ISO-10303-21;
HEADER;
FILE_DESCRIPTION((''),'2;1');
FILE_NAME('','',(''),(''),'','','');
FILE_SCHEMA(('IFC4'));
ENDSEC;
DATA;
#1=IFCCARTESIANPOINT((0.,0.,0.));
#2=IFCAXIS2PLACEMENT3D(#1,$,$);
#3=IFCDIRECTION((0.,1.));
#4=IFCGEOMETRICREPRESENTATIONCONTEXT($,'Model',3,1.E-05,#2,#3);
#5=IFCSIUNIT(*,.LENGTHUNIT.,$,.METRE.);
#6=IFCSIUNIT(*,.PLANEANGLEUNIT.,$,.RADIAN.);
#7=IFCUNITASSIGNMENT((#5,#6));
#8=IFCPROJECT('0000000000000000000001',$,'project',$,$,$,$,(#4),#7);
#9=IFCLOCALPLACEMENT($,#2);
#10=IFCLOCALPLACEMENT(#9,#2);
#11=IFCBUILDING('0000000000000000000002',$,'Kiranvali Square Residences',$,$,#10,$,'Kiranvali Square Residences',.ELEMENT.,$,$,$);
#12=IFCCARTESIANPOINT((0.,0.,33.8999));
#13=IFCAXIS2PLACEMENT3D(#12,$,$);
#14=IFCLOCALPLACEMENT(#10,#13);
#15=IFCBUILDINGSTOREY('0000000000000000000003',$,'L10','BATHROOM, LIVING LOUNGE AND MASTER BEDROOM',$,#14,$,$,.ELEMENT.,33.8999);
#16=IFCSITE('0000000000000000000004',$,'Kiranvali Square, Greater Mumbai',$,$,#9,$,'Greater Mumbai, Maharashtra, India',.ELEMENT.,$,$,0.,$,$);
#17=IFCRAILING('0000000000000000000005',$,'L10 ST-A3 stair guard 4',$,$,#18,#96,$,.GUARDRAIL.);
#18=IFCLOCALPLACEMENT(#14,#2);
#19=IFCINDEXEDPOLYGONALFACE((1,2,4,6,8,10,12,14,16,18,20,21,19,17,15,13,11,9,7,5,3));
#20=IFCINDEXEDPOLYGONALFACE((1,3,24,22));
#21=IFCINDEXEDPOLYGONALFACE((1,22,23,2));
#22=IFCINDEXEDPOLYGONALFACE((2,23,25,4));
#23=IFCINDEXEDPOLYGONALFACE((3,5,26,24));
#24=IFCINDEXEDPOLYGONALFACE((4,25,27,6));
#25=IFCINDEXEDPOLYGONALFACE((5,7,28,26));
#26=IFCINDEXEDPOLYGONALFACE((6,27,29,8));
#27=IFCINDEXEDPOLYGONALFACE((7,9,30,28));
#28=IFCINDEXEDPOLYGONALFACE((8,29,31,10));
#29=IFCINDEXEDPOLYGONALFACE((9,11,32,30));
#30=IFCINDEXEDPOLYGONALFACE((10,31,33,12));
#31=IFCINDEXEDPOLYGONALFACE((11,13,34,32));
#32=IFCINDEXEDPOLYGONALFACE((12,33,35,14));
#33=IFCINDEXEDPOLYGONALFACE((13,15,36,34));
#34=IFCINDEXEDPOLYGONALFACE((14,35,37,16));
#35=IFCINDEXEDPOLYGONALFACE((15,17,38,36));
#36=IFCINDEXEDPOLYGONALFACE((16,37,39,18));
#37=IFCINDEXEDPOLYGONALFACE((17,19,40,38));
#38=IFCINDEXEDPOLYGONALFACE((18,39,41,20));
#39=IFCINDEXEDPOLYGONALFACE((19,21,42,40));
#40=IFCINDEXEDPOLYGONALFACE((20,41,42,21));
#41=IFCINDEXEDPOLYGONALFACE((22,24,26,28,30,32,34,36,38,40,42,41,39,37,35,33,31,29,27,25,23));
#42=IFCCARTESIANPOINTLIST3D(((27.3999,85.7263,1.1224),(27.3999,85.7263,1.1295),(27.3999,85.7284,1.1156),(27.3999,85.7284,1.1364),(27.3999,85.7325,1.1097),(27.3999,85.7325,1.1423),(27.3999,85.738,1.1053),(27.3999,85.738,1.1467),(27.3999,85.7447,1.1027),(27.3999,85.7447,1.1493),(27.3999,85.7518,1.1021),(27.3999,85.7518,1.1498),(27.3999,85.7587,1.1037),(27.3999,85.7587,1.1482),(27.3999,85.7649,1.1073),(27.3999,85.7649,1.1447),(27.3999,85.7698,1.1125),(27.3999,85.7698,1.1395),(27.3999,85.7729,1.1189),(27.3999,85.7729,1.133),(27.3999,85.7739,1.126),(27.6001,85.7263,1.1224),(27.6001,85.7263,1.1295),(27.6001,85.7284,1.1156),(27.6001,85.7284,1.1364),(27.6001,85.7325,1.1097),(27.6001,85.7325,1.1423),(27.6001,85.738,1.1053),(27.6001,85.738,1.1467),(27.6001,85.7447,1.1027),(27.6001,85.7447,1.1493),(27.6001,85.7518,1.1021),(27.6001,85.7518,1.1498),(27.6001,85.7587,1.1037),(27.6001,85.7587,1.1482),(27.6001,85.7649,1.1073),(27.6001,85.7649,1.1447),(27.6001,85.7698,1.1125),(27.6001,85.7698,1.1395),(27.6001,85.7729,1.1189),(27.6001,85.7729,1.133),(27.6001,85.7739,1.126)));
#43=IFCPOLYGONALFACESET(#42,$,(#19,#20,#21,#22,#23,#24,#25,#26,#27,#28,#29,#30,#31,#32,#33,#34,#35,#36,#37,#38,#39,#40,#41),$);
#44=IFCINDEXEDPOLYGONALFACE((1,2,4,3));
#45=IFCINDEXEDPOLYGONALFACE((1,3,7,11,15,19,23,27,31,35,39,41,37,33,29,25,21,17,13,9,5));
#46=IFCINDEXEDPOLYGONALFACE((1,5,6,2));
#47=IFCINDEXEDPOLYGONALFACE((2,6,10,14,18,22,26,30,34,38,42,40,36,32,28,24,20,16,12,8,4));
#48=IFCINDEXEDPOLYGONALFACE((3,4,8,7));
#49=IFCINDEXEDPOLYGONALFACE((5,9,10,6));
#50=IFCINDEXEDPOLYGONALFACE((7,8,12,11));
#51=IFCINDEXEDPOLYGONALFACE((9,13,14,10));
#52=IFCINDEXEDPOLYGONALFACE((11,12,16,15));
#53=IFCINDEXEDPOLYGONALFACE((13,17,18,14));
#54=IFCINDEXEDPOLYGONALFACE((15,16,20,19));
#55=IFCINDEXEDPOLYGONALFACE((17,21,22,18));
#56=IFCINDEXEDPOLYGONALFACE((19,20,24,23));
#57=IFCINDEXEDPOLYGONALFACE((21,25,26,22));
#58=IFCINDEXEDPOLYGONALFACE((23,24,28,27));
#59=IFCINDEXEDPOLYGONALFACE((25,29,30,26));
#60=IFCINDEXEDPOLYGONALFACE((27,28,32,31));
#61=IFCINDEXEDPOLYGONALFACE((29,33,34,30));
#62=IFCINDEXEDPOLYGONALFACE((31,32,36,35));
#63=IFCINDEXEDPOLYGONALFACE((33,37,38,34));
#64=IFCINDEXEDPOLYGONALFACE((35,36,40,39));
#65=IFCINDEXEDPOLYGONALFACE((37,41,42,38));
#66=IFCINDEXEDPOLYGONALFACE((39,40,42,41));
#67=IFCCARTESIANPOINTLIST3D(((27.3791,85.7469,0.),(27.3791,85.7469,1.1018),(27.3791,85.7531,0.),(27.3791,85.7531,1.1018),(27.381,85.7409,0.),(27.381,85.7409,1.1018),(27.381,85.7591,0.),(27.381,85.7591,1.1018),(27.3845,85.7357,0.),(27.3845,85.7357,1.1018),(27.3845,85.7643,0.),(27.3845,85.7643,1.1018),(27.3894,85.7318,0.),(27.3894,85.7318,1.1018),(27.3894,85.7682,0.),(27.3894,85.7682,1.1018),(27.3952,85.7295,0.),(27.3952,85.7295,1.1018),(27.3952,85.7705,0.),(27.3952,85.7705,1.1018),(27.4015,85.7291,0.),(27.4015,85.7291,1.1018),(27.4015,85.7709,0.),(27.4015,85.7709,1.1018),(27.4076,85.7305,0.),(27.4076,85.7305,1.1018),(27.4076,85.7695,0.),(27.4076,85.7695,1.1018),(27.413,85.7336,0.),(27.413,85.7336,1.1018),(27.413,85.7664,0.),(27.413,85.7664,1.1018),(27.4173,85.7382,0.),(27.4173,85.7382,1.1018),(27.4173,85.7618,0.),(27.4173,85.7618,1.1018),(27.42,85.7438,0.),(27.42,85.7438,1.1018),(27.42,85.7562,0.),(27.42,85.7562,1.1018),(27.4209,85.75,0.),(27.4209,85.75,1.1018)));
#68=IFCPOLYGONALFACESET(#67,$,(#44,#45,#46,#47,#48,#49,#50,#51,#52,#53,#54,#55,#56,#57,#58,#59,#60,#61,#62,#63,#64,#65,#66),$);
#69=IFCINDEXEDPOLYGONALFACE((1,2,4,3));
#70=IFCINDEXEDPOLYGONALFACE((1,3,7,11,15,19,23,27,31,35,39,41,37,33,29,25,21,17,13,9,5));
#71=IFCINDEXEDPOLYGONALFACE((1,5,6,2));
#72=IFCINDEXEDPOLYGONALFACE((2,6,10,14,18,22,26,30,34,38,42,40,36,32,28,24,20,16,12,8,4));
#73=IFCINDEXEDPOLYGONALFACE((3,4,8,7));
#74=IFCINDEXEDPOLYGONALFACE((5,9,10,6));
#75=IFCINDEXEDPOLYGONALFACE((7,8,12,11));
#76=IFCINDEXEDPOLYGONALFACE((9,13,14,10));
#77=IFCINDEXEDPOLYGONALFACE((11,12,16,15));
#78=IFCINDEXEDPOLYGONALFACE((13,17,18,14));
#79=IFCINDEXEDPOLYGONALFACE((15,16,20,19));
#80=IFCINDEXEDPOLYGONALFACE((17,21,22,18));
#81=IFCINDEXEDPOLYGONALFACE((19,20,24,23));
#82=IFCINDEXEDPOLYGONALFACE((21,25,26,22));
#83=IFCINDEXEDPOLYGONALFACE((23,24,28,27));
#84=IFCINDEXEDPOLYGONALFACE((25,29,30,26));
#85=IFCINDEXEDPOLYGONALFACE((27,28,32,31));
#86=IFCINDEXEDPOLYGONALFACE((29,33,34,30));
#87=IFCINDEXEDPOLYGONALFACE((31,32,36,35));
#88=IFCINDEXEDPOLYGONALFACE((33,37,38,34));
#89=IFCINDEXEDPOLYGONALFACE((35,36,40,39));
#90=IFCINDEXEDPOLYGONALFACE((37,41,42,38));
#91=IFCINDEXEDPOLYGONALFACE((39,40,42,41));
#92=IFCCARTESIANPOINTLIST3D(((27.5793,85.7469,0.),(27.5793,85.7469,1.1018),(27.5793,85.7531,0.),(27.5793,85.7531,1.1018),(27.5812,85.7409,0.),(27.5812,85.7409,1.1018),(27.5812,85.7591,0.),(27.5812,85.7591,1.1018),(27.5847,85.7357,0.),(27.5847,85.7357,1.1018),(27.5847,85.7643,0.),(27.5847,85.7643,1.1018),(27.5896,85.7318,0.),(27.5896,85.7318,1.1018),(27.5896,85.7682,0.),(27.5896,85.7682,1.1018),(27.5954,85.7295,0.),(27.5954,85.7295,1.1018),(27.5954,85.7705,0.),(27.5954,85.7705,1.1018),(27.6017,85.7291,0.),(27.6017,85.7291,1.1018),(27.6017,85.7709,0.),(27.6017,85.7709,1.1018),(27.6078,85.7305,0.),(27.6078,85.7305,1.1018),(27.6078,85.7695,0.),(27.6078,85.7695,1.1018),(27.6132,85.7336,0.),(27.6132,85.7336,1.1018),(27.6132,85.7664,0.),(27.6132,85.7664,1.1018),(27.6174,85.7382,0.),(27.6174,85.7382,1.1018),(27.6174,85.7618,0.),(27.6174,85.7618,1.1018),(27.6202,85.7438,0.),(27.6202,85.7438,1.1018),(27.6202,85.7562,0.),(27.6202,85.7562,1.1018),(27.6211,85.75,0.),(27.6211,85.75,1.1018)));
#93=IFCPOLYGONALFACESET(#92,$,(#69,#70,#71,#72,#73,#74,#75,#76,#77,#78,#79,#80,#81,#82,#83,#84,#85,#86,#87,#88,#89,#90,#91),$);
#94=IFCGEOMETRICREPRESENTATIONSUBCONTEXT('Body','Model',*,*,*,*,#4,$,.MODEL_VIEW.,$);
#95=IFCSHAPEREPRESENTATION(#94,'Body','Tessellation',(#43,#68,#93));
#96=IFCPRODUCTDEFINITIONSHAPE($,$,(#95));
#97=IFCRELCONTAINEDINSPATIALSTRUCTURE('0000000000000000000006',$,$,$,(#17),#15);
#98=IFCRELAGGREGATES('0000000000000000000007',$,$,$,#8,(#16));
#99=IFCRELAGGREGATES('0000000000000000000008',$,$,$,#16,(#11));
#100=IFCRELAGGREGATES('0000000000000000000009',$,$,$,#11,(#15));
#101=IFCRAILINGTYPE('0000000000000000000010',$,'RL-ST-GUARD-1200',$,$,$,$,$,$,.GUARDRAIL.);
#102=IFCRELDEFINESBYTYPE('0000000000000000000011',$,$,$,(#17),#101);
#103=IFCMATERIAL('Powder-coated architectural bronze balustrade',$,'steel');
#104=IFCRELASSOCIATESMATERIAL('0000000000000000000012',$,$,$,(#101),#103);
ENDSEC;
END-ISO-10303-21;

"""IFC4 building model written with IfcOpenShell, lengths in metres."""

from ifc_helpers import new_model, si_unit, direction, frame, origin, origin_2d, place, context, subcontext, project, spatial, circle, extrude, material, type_object, element, save


model = new_model("IFC4")

# Units and contexts
model_context = context("Model", 3, precision=1e-05, world=origin(), true_north=direction((0.0, 1.0)))
body_context = subcontext(model_context, "Body", "Model", "MODEL_VIEW")
ifc_project = project(units=[si_unit("LENGTHUNIT", "METRE"), si_unit("PLANEANGLEUNIT", "RADIAN")], contexts=[model_context])

# Site, building, storey
site_placement = place(None, origin())
site = spatial("IfcSite", under=ifc_project, at=site_placement, Name="Kiranvali Square, Greater Mumbai", LongName="Greater Mumbai, Maharashtra, India", CompositionType="ELEMENT", RefElevation=0.0)
building_placement = place(site_placement, origin())
building = spatial("IfcBuilding", under=site, at=building_placement, Name="Kiranvali Square Residences", LongName="Kiranvali Square Residences", CompositionType="ELEMENT")
storey_placement = place(building_placement, frame((0.0, 0.0, 33.8999)))
storey = spatial("IfcBuildingStorey", under=building, at=storey_placement, Name="L10", Description="BATHROOM, LIVING LOUNGE AND MASTER BEDROOM", CompositionType="ELEMENT", Elevation=33.8999)

# Railing
ifc_material_1 = material(Name="Powder-coated architectural bronze balustrade", Category="steel")
railing_type_1 = type_object("IfcRailingType", Name="RL-ST-GUARD-1200", PredefinedType="GUARDRAIL", material=ifc_material_1)
railing_1_placement = place(storey_placement, frame((27.3999, 85.75, 0.0)))
element("IfcRailing", 1, at=railing_1_placement, inside=storey, type_object=railing_type_1, Name="L10 ST-A3 stair guard 4", PredefinedType="GUARDRAIL", context=body_context, shape_type="SweptSolid", body=[
    extrude(circle(Radius=0.0239, at=origin_2d()), frame((0.0, 0.0, 1.126), z_axis=(1.0, 0.0, 0.0), x_axis=(0.0, 1.0, 0.0)), (0.0, 0.0, 1.0), 0.2002),
    extrude(circle(Radius=0.021, at=origin_2d()), origin(), (0.0, 0.0, 1.0), 1.1018),
    extrude(circle(Radius=0.021, at=origin_2d()), frame((0.2002, 0.0, 0.0)), (0.0, 0.0, 1.0), 1.1018),
])

save(model, "model.ifc")
